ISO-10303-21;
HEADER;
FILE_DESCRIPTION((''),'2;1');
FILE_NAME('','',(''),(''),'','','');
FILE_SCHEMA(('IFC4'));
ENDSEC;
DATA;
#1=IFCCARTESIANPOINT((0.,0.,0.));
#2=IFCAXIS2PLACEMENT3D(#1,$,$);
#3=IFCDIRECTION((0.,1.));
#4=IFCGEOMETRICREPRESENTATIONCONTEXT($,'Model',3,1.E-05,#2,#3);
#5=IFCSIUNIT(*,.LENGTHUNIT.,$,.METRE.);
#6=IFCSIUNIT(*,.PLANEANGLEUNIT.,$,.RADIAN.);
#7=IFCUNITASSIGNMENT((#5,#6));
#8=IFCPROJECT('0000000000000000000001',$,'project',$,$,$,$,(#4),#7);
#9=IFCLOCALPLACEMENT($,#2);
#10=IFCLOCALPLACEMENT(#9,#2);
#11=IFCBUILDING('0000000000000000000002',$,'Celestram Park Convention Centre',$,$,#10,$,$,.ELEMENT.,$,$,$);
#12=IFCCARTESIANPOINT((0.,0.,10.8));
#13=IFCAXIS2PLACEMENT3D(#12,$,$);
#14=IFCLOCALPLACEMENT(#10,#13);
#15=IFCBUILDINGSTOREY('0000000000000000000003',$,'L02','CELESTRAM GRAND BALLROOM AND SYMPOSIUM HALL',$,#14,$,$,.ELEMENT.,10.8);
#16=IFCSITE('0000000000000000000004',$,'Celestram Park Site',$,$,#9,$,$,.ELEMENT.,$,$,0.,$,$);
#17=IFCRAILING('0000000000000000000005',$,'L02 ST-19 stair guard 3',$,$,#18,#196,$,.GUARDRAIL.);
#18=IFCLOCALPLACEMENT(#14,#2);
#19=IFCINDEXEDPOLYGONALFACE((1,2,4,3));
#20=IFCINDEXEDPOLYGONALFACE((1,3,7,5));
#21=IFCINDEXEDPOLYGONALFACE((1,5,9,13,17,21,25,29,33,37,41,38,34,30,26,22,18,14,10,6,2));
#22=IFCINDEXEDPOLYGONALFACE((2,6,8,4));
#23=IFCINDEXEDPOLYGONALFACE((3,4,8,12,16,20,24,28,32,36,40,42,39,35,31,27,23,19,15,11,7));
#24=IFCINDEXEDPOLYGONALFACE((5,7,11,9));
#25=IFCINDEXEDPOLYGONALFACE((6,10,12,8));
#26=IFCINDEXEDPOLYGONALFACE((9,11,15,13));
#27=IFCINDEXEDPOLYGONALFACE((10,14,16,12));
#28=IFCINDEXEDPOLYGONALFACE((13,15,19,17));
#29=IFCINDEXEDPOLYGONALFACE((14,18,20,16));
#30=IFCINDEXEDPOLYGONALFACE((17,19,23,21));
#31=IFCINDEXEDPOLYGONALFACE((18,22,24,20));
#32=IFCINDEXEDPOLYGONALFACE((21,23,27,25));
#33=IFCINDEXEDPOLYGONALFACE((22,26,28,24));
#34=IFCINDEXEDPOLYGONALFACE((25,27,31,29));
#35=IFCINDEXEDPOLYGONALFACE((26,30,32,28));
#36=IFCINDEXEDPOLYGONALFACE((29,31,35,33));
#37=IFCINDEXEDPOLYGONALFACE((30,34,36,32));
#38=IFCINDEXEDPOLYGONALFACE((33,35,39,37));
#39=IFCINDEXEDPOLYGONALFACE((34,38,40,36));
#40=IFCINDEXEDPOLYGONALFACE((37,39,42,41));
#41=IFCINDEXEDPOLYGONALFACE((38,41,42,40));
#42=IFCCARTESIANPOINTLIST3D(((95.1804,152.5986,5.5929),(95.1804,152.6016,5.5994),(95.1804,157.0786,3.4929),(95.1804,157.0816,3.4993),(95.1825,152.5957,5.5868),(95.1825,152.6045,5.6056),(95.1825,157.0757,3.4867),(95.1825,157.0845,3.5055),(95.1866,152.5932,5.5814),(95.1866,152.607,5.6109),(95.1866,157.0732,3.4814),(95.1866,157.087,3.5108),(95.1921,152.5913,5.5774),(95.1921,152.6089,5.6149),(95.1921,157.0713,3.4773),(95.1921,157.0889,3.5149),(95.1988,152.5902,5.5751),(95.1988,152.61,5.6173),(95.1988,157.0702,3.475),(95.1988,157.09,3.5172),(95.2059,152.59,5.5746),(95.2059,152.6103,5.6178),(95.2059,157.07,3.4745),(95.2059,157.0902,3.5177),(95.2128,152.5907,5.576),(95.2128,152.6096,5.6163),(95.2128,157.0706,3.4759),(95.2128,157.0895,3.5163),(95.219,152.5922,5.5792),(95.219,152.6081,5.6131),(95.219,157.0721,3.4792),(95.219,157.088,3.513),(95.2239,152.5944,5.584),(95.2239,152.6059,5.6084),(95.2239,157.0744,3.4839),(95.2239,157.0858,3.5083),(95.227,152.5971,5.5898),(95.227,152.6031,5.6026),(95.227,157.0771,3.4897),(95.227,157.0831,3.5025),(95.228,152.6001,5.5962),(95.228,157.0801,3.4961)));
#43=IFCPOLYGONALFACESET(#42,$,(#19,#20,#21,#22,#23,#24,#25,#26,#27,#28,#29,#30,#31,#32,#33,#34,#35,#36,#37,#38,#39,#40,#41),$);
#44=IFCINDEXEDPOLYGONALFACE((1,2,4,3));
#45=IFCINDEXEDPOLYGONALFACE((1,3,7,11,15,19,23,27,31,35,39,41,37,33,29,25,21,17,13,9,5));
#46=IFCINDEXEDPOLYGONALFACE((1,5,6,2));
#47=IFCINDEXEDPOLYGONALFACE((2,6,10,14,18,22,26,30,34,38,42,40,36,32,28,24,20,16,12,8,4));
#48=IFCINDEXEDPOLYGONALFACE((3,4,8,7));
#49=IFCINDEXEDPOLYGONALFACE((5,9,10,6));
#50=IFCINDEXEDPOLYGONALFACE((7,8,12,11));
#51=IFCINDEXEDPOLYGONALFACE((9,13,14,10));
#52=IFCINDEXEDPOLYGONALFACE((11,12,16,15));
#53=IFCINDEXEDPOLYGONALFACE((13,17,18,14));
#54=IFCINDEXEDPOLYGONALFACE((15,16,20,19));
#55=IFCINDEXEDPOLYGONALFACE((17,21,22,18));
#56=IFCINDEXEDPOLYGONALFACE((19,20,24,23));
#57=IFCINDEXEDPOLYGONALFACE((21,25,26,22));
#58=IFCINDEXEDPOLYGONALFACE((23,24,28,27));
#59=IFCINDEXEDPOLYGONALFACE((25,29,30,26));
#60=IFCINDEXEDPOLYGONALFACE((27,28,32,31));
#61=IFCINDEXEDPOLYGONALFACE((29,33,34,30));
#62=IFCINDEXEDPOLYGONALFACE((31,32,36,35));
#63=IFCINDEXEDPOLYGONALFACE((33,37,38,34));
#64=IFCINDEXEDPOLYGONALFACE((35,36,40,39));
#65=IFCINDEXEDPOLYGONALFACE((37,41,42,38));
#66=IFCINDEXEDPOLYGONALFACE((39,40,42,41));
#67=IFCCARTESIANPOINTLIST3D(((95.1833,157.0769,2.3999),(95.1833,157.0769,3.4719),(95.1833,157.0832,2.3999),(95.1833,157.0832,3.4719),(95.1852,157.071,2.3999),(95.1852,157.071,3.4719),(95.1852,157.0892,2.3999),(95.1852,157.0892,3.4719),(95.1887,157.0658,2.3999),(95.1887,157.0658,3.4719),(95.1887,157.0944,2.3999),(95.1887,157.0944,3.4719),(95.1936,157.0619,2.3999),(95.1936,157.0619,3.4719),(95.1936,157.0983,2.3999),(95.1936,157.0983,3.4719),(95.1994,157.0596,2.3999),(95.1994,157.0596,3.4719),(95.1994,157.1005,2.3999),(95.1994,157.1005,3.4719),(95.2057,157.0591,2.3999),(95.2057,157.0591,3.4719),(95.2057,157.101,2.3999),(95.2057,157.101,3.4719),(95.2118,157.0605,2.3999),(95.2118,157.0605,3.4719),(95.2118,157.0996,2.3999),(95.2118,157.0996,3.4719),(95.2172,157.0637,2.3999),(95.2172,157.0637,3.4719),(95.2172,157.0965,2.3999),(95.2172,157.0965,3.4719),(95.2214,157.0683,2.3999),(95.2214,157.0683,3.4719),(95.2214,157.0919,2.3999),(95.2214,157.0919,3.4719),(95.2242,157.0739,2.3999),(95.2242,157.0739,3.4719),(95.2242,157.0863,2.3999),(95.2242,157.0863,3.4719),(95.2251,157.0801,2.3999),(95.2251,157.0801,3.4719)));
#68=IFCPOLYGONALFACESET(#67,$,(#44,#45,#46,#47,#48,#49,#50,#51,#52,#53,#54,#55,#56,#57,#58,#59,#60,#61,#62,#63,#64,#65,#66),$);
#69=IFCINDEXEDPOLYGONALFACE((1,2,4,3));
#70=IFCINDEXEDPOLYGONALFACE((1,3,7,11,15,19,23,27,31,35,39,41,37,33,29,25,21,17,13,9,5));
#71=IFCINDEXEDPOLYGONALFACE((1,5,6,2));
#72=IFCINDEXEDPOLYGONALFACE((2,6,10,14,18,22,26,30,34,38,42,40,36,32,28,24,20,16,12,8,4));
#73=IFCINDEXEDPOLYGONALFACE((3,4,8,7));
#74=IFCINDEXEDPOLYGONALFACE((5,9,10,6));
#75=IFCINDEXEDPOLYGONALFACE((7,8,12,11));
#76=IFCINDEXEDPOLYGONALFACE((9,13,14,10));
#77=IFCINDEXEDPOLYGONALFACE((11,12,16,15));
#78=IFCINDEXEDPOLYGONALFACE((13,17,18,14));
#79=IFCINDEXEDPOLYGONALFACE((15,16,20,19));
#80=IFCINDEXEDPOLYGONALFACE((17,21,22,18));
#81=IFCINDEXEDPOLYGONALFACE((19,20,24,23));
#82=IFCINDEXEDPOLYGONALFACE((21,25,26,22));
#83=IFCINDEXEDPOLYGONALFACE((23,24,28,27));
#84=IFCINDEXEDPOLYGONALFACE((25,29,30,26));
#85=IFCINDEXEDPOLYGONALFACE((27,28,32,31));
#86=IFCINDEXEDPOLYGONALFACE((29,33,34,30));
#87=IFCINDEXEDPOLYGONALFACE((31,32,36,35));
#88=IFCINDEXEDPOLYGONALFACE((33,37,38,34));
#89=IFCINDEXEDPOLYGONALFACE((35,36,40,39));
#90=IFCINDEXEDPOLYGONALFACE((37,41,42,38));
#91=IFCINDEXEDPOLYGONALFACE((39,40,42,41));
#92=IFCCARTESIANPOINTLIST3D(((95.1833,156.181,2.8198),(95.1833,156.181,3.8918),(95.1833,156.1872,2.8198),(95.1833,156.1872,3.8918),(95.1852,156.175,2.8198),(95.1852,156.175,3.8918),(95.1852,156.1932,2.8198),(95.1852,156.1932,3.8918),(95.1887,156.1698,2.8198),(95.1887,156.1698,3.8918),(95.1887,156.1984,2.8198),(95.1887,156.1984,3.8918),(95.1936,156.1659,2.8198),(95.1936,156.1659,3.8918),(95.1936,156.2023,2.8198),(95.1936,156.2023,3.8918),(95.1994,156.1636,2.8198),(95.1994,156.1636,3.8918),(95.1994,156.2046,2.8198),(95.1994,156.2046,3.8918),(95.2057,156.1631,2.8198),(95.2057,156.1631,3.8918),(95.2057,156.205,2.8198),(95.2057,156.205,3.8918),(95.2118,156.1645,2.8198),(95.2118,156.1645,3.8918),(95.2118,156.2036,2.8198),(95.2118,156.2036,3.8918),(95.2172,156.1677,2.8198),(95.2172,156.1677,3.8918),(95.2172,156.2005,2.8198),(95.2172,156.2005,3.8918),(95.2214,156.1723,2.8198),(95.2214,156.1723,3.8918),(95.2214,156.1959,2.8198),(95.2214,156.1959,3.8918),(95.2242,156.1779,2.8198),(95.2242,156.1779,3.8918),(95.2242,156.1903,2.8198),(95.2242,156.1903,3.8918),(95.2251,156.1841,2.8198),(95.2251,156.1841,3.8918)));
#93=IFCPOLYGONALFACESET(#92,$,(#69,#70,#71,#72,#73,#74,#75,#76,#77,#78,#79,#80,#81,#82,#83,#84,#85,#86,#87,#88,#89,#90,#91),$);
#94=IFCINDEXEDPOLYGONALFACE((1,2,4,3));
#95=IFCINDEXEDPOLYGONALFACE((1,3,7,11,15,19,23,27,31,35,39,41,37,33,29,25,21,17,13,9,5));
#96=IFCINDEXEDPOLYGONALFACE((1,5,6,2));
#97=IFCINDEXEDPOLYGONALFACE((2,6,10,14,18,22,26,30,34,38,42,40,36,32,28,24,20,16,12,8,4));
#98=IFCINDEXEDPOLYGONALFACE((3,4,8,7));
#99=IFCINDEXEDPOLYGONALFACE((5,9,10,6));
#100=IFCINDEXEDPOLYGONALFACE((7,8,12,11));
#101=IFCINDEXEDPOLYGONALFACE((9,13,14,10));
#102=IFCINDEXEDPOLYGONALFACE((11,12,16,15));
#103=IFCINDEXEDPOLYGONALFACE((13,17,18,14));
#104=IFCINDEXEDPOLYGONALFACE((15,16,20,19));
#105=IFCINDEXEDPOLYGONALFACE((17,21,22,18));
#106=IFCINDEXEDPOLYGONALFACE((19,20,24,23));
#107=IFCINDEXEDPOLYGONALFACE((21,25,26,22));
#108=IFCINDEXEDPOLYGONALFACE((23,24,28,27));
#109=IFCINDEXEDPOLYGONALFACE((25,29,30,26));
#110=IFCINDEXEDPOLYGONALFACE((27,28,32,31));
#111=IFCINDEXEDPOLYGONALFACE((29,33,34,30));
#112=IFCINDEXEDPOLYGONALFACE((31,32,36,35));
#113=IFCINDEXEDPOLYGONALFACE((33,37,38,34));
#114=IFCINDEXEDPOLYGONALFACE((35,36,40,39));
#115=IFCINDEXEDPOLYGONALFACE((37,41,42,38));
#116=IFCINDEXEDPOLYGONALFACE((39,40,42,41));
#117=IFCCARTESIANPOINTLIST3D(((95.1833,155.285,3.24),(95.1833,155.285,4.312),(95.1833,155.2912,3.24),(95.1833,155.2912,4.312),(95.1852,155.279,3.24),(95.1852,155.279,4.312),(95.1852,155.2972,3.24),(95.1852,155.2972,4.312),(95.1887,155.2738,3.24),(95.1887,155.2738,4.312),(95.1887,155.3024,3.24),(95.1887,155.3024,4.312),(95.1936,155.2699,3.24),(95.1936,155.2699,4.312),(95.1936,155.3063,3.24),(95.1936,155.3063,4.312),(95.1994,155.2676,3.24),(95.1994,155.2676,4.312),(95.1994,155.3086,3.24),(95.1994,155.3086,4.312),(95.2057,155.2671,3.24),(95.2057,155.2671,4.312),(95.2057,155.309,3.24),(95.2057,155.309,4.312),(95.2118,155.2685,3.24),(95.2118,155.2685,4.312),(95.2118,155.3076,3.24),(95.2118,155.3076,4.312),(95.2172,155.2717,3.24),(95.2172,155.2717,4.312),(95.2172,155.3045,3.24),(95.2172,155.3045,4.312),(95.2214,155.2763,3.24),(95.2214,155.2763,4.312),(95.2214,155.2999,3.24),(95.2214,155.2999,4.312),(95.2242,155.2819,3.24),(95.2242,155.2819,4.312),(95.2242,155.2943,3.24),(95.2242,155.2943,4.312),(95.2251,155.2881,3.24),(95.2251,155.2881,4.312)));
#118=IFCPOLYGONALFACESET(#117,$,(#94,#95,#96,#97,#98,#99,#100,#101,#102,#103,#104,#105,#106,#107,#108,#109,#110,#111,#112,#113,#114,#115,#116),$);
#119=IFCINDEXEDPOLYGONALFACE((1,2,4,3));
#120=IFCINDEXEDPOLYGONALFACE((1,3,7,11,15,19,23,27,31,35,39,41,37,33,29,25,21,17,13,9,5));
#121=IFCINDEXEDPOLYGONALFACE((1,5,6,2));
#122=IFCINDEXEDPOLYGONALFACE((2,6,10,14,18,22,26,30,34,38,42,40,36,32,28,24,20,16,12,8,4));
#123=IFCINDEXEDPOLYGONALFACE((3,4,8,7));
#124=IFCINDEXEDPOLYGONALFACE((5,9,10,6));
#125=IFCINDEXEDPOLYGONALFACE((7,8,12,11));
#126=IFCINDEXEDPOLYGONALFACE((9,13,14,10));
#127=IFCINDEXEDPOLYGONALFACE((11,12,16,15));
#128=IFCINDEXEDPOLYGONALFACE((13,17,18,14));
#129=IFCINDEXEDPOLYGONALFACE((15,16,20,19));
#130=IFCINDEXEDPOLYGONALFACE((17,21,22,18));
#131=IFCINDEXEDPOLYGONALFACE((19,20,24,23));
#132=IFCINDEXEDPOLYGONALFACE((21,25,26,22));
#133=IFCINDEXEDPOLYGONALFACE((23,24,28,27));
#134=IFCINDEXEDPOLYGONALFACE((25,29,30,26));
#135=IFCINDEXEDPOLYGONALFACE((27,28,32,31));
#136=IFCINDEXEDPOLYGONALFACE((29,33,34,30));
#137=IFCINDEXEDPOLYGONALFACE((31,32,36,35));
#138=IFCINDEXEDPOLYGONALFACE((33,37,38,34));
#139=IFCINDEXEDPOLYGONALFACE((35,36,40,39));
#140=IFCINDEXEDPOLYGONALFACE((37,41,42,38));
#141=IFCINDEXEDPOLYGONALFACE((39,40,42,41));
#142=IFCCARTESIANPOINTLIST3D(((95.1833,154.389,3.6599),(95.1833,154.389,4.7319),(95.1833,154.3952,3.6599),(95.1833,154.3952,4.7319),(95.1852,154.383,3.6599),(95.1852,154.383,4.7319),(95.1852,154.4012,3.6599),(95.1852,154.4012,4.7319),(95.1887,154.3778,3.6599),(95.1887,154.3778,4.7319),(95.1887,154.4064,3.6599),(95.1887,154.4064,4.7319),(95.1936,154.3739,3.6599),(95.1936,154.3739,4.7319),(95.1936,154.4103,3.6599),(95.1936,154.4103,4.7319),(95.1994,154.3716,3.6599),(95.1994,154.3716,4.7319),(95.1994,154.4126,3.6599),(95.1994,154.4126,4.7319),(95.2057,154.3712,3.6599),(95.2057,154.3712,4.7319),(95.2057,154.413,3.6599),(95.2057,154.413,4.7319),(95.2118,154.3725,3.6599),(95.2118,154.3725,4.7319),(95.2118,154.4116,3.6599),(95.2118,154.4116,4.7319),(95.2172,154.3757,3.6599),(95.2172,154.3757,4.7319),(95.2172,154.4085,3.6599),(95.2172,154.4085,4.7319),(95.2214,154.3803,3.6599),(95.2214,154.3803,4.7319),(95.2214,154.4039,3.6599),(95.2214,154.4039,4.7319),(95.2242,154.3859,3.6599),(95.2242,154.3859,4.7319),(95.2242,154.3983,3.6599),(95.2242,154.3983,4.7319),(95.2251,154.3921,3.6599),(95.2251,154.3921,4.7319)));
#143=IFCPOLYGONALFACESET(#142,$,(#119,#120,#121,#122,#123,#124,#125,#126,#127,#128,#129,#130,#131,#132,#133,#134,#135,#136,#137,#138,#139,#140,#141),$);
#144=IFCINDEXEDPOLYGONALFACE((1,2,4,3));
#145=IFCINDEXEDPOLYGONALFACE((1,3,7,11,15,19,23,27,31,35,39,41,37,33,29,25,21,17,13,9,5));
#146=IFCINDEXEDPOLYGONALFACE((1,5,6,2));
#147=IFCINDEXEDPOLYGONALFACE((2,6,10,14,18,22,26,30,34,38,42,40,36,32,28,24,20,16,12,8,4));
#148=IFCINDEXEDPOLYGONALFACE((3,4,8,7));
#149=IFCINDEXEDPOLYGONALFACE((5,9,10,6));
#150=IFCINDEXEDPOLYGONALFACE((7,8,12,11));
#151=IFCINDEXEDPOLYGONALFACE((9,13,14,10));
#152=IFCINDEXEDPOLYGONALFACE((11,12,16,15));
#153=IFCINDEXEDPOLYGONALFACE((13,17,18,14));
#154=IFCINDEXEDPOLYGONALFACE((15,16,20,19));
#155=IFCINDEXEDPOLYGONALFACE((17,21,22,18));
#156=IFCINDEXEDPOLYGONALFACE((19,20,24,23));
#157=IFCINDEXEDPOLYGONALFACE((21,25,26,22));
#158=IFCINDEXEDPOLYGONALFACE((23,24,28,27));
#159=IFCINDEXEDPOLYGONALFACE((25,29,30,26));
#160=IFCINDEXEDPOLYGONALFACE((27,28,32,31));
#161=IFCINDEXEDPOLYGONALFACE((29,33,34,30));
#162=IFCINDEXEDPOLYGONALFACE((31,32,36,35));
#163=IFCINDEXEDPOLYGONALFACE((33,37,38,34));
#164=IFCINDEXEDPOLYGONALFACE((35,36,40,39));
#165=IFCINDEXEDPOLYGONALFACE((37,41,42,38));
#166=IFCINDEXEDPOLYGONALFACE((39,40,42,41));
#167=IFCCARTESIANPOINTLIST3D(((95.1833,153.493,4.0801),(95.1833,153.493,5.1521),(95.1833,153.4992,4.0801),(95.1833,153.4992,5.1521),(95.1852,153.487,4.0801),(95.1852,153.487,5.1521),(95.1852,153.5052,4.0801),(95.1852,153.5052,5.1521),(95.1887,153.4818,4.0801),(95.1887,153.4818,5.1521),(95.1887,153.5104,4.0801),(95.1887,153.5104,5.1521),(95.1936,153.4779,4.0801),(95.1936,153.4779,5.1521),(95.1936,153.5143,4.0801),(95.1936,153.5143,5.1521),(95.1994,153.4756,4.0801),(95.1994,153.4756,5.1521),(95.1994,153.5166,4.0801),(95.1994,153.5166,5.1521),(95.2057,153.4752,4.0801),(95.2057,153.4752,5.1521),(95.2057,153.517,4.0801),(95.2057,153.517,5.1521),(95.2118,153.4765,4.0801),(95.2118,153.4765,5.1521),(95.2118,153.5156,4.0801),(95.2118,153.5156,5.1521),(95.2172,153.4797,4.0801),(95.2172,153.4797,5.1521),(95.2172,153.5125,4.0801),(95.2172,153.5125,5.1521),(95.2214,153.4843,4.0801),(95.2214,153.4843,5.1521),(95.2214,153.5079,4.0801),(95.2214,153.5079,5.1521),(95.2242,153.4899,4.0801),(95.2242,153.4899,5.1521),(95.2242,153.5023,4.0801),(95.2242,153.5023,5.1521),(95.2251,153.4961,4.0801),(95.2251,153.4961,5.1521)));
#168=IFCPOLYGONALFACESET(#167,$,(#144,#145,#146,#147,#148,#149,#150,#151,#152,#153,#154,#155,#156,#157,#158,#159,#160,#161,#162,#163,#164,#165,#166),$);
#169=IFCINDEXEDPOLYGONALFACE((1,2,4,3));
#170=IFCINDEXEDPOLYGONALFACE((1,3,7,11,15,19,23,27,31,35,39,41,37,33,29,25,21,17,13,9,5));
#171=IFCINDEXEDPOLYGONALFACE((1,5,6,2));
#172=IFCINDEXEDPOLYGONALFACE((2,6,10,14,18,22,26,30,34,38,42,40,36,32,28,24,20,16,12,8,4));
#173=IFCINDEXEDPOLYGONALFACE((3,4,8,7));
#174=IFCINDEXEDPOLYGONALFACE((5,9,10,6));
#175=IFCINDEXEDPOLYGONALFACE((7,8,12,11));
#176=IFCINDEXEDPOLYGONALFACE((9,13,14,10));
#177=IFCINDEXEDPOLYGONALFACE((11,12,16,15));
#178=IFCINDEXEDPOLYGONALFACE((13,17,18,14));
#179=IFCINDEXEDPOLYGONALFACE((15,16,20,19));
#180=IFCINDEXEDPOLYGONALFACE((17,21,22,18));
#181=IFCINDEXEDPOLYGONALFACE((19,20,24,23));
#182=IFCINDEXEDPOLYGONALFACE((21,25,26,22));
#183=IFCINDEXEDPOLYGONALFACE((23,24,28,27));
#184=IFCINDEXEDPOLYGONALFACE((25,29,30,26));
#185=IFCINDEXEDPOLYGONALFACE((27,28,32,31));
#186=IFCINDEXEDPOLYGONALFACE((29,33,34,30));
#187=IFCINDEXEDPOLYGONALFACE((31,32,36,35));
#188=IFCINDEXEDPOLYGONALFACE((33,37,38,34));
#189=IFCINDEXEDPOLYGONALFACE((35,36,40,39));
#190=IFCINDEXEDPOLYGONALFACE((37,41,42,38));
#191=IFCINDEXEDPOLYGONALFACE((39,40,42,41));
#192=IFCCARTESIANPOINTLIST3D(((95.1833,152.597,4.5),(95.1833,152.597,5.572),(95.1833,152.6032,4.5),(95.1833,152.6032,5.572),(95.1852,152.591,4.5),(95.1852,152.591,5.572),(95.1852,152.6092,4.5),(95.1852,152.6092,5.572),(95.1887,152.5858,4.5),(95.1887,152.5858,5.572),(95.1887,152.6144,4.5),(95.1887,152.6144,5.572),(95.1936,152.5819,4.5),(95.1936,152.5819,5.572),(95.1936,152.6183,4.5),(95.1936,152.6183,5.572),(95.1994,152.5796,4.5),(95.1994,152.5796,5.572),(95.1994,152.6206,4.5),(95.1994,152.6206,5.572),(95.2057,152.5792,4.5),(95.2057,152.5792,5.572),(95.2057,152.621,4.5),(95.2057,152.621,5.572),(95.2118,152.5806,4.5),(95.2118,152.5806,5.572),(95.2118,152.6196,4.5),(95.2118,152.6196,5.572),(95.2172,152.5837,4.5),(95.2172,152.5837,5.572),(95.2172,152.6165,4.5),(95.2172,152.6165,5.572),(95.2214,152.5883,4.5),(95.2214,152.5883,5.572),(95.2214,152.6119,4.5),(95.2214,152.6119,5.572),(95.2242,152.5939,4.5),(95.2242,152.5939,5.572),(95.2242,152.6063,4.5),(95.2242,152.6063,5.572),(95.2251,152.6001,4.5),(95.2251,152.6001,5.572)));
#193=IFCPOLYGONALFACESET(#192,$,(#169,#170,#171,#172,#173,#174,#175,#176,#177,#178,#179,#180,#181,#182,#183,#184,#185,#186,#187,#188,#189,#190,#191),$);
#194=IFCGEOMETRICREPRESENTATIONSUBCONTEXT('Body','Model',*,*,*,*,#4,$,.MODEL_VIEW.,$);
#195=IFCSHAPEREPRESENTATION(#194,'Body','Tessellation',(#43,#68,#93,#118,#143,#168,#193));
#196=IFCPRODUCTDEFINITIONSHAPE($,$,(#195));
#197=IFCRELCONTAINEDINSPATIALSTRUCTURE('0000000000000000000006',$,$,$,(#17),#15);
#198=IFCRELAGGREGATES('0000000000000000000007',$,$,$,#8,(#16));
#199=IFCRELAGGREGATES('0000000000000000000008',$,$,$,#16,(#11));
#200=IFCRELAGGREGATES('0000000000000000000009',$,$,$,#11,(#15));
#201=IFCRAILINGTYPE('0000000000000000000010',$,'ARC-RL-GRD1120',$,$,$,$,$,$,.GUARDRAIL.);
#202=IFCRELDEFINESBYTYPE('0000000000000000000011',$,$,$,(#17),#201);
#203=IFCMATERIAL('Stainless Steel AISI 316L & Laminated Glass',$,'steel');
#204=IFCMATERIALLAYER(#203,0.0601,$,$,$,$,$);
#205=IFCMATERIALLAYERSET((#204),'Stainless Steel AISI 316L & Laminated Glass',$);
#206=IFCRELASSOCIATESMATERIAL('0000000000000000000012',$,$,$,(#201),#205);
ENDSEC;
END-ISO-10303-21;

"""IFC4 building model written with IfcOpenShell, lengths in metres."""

from ifc_helpers import new_model, si_unit, direction, frame, origin, origin_2d, place, context, subcontext, project, spatial, circle, extrude, material, layer, layer_set, type_object, element, save


model = new_model("IFC4")

# Units and contexts
model_context = context("Model", 3, precision=1e-05, world=origin(), true_north=direction((0.0, 1.0)))
body_context = subcontext(model_context, "Body", "Model", "MODEL_VIEW")
ifc_project = project(units=[si_unit("LENGTHUNIT", "METRE"), si_unit("PLANEANGLEUNIT", "RADIAN")], contexts=[model_context])

# Site, building, storey
site_placement = place(None, origin())
site = spatial("IfcSite", under=ifc_project, at=site_placement, Name="Celestram Park Site", CompositionType="ELEMENT", RefElevation=0.0)
building_placement = place(site_placement, origin())
building = spatial("IfcBuilding", under=site, at=building_placement, Name="Celestram Park Convention Centre", CompositionType="ELEMENT")
storey_placement = place(building_placement, frame((0.0, 0.0, 10.8)))
storey = spatial("IfcBuildingStorey", under=building, at=storey_placement, Name="L02", Description="CELESTRAM GRAND BALLROOM AND SYMPOSIUM HALL", CompositionType="ELEMENT", Elevation=10.8)

# Railing
ifc_material_1 = material(Name="Stainless Steel AISI 316L & Laminated Glass", Category="steel")
ifc_layer_1 = layer(ifc_material_1, 0.0601)
ifc_layer_set_1 = layer_set([ifc_layer_1], Name="Stainless Steel AISI 316L & Laminated Glass")
railing_type_1 = type_object("IfcRailingType", Name="ARC-RL-GRD1120", PredefinedType="GUARDRAIL", material=ifc_layer_set_1)
railing_1_placement = place(storey_placement, frame((95.2041, 157.0801, 2.3999)))
element("IfcRailing", 1, at=railing_1_placement, inside=storey, type_object=railing_type_1, Name="L02 ST-19 stair guard 3", PredefinedType="GUARDRAIL", context=body_context, shape_type="SweptSolid", body=[
    extrude(circle(Radius=0.0239, at=origin_2d()), frame((0.0, 0.0, 1.0962), z_axis=(0.0, -0.905451, 0.424452), x_axis=(1.0, 0.0, 0.0)), (0.0, 0.0, 1.0), 4.9478),
    extrude(circle(Radius=0.021, at=origin_2d()), origin(), (0.0, 0.0, 1.0), 1.072),
    extrude(circle(Radius=0.021, at=origin_2d()), frame((0.0, -0.896, 0.4199)), (0.0, 0.0, 1.0), 1.072),
    extrude(circle(Radius=0.021, at=origin_2d()), frame((0.0, -1.792, 0.8401)), (0.0, 0.0, 1.0), 1.072),
    extrude(circle(Radius=0.021, at=origin_2d()), frame((0.0, -2.688, 1.26)), (0.0, 0.0, 1.0), 1.072),
    extrude(circle(Radius=0.021, at=origin_2d()), frame((0.0, -3.584, 1.6802)), (0.0, 0.0, 1.0), 1.072),
    extrude(circle(Radius=0.021, at=origin_2d()), frame((0.0, -4.48, 2.1001)), (0.0, 0.0, 1.0), 1.072),
])

save(model, "model.ifc")
